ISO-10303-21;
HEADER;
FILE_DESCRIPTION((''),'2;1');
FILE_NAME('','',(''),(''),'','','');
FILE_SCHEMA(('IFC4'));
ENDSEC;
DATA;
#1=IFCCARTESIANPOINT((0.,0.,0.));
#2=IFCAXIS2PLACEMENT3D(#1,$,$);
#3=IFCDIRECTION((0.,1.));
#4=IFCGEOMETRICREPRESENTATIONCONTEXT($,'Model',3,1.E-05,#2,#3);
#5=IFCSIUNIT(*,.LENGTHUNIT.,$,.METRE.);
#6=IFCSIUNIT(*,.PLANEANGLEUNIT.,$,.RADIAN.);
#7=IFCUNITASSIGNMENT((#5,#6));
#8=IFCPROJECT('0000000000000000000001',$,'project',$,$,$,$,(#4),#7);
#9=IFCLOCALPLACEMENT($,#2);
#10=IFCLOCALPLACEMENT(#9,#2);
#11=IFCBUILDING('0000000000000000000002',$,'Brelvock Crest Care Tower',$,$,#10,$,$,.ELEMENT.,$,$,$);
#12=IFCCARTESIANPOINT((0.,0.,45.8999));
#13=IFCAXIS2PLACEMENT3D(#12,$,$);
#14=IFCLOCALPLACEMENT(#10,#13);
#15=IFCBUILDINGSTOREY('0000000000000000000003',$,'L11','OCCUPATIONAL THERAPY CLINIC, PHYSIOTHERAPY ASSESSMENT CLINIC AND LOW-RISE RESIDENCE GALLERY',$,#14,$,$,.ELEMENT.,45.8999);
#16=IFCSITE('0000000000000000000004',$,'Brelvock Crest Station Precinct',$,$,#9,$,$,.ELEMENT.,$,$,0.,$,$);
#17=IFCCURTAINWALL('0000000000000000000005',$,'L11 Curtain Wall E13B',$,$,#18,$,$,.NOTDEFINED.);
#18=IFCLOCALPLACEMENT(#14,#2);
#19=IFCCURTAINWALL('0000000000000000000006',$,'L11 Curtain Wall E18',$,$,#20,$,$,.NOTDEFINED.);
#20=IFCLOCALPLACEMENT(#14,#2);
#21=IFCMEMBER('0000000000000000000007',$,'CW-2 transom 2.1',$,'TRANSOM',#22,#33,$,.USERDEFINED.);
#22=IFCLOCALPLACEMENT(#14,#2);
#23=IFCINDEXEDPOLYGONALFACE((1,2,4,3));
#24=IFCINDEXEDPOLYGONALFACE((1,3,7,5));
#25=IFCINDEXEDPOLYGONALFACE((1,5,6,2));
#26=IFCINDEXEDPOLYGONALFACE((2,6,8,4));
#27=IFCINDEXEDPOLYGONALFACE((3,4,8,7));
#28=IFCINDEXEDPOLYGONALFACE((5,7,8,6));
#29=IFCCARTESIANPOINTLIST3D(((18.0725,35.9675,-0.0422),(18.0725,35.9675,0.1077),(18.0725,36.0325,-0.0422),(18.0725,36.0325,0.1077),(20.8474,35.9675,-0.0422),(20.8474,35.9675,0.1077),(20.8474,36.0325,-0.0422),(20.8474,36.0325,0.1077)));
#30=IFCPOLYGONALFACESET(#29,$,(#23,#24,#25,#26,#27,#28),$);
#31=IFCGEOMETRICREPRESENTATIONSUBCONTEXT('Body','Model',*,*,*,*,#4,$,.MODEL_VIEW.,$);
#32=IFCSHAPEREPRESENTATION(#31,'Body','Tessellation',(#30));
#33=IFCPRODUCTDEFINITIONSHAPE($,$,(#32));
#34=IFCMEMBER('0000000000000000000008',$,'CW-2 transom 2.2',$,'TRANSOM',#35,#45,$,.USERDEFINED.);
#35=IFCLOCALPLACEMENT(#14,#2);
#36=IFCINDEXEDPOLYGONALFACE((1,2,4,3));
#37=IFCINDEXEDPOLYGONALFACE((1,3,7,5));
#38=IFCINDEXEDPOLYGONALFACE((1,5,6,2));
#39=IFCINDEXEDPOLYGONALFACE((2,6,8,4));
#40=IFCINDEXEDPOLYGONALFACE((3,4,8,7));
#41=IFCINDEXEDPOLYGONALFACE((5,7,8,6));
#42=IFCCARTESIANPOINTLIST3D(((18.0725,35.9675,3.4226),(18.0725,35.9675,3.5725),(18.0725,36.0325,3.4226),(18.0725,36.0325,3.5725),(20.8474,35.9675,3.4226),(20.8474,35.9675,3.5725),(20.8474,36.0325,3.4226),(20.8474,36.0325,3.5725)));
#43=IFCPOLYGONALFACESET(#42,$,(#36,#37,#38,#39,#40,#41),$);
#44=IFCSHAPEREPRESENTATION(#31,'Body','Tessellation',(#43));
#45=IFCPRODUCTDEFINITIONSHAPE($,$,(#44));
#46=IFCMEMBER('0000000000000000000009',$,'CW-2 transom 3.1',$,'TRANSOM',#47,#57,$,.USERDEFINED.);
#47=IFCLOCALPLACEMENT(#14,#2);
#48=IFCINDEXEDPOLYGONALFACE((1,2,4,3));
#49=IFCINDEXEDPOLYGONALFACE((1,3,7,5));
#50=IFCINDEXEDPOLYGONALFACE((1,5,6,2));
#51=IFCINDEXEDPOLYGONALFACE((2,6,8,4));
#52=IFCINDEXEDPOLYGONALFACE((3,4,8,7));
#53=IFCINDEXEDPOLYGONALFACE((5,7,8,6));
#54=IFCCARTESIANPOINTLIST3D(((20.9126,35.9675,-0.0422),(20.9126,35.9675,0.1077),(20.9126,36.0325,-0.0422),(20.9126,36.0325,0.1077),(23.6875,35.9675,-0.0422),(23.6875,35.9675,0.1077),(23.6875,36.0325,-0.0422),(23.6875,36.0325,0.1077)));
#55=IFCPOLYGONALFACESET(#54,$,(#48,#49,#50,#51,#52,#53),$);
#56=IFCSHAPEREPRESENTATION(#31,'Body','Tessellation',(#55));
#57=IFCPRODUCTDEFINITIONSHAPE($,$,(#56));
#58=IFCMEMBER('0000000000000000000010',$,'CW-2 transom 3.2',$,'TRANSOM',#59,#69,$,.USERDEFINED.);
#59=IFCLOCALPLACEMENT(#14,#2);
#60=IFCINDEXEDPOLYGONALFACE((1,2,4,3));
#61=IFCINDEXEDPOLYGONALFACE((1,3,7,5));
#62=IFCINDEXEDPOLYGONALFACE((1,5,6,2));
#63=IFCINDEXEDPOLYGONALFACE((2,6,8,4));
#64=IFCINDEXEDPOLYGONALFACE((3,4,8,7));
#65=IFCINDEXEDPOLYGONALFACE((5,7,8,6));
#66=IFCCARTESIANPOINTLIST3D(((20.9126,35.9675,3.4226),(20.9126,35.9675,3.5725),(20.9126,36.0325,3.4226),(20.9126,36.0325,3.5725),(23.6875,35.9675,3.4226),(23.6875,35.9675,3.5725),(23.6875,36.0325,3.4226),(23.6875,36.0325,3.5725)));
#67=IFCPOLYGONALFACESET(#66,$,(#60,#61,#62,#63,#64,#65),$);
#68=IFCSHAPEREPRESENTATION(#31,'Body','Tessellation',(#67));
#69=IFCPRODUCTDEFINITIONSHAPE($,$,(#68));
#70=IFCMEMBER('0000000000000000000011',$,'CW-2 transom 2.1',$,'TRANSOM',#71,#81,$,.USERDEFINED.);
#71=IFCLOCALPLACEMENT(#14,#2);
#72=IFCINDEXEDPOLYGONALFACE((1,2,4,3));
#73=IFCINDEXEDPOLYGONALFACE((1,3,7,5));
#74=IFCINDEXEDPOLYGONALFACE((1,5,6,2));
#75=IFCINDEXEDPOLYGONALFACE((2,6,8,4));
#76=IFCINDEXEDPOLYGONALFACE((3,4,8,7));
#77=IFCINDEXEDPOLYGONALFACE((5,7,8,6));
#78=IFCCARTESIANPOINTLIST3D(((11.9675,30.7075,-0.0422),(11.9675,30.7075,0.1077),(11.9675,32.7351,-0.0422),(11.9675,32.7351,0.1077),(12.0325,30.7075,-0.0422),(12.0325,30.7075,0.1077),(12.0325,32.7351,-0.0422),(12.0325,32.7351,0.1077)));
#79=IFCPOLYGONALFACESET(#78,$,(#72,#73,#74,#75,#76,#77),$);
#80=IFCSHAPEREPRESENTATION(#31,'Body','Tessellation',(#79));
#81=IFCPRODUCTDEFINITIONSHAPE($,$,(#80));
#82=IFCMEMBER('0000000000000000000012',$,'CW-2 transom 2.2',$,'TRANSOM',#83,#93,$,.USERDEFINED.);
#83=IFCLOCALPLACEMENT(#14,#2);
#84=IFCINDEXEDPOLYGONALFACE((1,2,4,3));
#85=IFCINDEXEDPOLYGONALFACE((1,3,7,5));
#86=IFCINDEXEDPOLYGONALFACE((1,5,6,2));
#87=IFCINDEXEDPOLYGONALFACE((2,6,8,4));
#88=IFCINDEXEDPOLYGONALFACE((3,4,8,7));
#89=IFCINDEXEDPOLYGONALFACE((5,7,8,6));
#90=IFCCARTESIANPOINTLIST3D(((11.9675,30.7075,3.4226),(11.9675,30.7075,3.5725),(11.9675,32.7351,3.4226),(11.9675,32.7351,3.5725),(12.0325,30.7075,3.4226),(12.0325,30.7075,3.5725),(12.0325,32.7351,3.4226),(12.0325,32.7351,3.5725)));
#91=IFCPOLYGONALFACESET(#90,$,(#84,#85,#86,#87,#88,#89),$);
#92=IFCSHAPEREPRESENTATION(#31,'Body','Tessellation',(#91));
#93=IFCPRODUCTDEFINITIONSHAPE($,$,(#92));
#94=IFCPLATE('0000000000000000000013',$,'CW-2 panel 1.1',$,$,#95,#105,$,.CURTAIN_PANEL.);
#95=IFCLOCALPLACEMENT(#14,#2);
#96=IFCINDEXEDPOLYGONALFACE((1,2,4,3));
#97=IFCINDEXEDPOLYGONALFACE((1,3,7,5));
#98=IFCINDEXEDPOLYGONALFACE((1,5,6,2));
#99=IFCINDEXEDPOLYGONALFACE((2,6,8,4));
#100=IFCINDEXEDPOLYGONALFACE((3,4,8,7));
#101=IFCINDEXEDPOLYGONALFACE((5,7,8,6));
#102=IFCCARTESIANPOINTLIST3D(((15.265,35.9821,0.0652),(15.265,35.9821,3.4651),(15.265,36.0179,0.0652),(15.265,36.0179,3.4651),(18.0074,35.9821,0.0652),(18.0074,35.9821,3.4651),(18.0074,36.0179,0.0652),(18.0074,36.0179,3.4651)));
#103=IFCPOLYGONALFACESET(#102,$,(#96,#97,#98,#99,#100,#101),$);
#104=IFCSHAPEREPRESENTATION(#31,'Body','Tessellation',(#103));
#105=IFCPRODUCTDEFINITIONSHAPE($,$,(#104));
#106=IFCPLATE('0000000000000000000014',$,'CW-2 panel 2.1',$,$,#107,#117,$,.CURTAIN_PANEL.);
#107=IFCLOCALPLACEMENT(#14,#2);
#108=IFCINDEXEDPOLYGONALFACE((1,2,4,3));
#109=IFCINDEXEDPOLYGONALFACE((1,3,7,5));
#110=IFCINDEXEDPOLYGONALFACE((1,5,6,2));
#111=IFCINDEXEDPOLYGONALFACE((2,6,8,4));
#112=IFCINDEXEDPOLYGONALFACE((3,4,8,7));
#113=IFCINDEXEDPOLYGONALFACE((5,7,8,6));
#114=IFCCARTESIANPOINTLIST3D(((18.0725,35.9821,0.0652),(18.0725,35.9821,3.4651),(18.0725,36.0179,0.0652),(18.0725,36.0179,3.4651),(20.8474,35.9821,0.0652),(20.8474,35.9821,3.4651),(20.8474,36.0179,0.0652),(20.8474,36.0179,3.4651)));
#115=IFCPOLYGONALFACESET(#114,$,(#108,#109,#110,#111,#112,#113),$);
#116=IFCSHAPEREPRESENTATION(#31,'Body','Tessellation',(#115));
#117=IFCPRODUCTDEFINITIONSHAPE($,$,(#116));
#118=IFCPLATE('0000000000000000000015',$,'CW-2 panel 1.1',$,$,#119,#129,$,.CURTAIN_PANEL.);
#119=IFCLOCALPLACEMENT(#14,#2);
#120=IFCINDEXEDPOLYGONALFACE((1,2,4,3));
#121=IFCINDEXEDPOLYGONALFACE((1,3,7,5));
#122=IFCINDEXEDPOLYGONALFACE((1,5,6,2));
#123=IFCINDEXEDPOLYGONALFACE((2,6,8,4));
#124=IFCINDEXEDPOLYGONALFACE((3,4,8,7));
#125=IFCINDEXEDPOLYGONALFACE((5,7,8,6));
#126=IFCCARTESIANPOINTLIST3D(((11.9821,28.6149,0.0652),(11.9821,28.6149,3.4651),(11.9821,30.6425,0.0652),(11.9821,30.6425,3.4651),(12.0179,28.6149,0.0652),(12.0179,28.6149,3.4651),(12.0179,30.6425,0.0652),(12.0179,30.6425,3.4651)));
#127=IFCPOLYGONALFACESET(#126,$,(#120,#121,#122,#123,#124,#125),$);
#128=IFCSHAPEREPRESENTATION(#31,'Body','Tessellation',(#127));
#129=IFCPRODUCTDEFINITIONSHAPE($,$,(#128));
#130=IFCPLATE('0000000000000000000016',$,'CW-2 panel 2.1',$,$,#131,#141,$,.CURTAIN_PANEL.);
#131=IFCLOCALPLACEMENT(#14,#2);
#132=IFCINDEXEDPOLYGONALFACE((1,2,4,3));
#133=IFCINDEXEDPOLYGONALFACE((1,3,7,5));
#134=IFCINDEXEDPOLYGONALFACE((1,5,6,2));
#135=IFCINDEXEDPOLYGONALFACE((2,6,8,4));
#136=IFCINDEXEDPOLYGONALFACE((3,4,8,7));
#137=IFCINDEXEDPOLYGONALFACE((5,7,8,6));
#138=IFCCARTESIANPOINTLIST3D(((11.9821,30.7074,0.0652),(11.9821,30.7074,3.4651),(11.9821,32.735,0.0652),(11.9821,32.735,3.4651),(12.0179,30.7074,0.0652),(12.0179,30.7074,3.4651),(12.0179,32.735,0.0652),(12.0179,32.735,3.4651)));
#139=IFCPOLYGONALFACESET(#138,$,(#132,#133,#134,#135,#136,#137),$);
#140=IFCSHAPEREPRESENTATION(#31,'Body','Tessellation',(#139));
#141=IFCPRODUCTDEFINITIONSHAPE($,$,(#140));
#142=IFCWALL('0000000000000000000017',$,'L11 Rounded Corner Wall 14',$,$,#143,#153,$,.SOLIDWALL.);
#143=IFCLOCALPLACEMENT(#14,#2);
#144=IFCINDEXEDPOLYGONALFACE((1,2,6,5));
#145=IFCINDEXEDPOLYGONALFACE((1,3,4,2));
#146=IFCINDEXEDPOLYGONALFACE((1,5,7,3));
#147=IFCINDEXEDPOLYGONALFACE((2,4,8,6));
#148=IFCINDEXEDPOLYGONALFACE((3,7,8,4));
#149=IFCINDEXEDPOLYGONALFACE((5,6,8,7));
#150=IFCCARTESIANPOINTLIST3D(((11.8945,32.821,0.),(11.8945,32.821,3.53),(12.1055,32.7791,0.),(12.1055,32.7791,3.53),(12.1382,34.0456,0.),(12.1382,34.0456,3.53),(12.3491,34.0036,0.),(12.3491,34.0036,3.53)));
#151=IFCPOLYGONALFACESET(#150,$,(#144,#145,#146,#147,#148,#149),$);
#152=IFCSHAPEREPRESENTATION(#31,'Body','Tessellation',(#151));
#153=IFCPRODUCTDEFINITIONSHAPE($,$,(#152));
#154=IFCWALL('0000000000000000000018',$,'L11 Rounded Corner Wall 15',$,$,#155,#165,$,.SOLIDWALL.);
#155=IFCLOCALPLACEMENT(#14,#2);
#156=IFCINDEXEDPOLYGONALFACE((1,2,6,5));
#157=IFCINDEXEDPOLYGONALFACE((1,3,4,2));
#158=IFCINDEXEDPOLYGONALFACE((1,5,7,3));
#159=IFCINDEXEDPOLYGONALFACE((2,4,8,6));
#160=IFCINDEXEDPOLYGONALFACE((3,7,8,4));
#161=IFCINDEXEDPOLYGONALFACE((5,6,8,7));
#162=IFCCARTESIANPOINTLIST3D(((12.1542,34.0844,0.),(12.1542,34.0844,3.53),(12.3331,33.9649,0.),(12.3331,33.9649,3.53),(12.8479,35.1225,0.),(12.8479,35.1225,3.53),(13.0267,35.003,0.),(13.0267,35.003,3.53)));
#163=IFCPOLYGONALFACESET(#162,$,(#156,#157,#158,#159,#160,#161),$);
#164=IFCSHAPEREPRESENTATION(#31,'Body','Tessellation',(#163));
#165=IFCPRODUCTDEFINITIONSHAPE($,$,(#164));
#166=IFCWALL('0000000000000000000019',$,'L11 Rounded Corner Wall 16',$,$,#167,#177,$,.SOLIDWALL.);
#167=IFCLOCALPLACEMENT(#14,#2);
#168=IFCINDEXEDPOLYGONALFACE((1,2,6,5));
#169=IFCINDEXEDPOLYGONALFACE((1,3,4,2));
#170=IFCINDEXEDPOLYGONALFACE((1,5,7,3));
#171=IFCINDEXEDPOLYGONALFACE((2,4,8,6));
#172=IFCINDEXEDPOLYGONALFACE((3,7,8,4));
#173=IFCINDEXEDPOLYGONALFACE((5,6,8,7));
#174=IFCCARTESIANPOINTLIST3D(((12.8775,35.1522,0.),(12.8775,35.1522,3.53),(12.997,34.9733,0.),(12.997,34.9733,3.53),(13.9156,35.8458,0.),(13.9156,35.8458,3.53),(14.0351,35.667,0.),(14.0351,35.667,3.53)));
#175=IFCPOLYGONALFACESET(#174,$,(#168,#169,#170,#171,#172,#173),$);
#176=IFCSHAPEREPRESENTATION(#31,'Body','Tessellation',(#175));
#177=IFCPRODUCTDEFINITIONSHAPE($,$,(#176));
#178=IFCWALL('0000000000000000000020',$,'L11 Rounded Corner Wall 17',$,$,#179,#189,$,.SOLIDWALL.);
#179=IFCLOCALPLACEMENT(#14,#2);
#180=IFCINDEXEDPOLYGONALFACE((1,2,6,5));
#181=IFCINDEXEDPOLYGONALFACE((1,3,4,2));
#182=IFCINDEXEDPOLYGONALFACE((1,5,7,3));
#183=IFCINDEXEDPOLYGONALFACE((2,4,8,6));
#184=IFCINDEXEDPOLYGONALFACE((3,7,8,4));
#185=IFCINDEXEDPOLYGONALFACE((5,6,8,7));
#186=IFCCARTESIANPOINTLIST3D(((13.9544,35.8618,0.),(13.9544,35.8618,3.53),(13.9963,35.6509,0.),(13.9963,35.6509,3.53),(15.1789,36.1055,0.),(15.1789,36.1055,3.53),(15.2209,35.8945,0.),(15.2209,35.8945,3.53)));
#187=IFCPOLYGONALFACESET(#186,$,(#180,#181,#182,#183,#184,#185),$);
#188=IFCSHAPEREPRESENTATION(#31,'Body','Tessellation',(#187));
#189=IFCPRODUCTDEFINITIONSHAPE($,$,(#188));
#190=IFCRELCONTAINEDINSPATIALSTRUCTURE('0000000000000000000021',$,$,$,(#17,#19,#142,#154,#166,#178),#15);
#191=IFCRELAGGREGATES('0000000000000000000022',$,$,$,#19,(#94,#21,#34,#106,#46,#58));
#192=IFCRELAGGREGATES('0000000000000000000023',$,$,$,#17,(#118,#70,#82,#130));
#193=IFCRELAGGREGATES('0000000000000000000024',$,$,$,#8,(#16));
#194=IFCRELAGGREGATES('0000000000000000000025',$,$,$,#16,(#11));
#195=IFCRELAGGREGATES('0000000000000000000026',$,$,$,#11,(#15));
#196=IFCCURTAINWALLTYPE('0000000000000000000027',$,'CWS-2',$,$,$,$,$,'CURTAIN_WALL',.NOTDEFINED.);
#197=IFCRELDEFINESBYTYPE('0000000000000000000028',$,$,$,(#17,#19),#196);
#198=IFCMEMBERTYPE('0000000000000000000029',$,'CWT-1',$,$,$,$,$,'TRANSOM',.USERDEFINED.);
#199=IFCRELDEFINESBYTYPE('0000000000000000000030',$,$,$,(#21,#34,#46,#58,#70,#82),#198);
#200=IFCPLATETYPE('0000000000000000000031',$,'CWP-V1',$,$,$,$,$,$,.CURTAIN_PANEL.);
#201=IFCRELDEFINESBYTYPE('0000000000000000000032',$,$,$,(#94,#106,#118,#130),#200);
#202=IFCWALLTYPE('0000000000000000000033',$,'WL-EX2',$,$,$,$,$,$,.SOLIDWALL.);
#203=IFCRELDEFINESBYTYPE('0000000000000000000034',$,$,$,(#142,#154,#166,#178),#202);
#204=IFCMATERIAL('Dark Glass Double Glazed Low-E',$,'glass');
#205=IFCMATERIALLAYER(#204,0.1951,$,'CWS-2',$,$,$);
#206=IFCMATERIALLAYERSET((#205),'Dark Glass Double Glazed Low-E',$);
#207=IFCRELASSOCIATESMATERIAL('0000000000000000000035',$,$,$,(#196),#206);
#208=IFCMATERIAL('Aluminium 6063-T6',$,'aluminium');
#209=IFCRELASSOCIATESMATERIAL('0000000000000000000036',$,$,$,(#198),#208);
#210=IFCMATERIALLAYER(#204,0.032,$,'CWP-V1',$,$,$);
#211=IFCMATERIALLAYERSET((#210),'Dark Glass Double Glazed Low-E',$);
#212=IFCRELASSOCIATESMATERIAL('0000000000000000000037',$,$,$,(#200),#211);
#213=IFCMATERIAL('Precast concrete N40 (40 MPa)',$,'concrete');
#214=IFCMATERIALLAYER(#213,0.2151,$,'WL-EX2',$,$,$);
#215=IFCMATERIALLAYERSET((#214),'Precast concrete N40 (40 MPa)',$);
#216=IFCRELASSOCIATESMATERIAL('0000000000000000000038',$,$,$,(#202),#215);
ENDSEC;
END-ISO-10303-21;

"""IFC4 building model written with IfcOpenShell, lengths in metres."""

from ifc_helpers import new_model, si_unit, direction, frame, frame_2d, origin, origin_2d, place, context, subcontext, project, spatial, rectangle, extrude, source, transform, mapped, material, layer, layer_set, material_profile, profile_set, type_object, element, aggregate, save


model = new_model("IFC4")

# Units and contexts
model_context = context("Model", 3, precision=1e-05, world=origin(), true_north=direction((0.0, 1.0)))
body_context = subcontext(model_context, "Body", "Model", "MODEL_VIEW")
ifc_project = project(units=[si_unit("LENGTHUNIT", "METRE"), si_unit("PLANEANGLEUNIT", "RADIAN")], contexts=[model_context])

# Site, building, storey
site_placement = place(None, origin())
site = spatial("IfcSite", under=ifc_project, at=site_placement, Name="Brelvock Crest Station Precinct", CompositionType="ELEMENT", RefElevation=0.0)
building_placement = place(site_placement, origin())
building = spatial("IfcBuilding", under=site, at=building_placement, Name="Brelvock Crest Care Tower", CompositionType="ELEMENT")
storey_placement = place(building_placement, frame((0.0, 0.0, 45.8999)))
storey = spatial("IfcBuildingStorey", under=building, at=storey_placement, Name="L11", Description="OCCUPATIONAL THERAPY CLINIC, PHYSIOTHERAPY ASSESSMENT CLINIC AND LOW-RISE RESIDENCE GALLERY", CompositionType="ELEMENT", Elevation=45.8999)

# Curtain walls, members
ifc_material_1 = material(Name="Dark Glass Double Glazed Low-E", Category="glass")
ifc_layer_1 = layer(ifc_material_1, 0.1951, Name="CWS-2")
ifc_layer_set_1 = layer_set([ifc_layer_1], Name="Dark Glass Double Glazed Low-E")
curtain_wall_type = type_object("IfcCurtainWallType", Name="CWS-2", ElementType="CURTAIN_WALL", PredefinedType="NOTDEFINED", material=ifc_layer_set_1)
curtain_wall_1_placement = place(storey_placement, origin())
curtain_wall_1 = element("IfcCurtainWall", 1, at=curtain_wall_1_placement, inside=storey, type_object=curtain_wall_type, Name="L11 Curtain Wall E13B", PredefinedType="NOTDEFINED")
ifc_material_2 = material(Name="Aluminium 6063-T6", Category="aluminium")
curtain_wall_2_placement = place(storey_placement, origin())
curtain_wall_2 = element("IfcCurtainWall", 2, at=curtain_wall_2_placement, inside=storey, type_object=curtain_wall_type, Name="L11 Curtain Wall E18", PredefinedType="NOTDEFINED")
ifc_material_profile_1 = material_profile(ifc_material_2, rectangle(XDim=0.0649, YDim=0.1499, at=origin_2d()), Name="ALU65x150")
ifc_profile_set_1 = profile_set([ifc_material_profile_1], Name="Aluminium 6063-T6")
member_type_1 = type_object("IfcMemberType", Name="CWT-1", ElementType="TRANSOM", PredefinedType="USERDEFINED", material=ifc_profile_set_1)
shared_shape_1 = source(origin(), body_context, "Body", "SweptSolid", [
    extrude(rectangle(XDim=0.0649, YDim=0.1499, at=origin_2d()), origin(), (0.0, 0.0, 1.0), 2.7749),
])
member_1_placement = place(storey_placement, frame((18.0725, 36.0, 0.0327), z_axis=(1.0, 0.0, 0.0), x_axis=(0.0, 1.0, 0.0)))
member_1 = element("IfcMember", 3, at=member_1_placement, type_object=member_type_1, Name="CW-2 transom 2.1", ObjectType="TRANSOM", PredefinedType="USERDEFINED", context=body_context, shape_type="MappedRepresentation", body=[
    mapped(shared_shape_1, transform((0.0, 0.0, 0.0), x_axis=(1.0, 0.0, 0.0), y_axis=(0.0, 1.0, 0.0), z_axis=(0.0, 0.0, 1.0), scale=1.0)),
])
member_2_placement = place(storey_placement, frame((18.0725, 36.0, 3.4976), z_axis=(1.0, 0.0, 0.0), x_axis=(0.0, 1.0, 0.0)))
member_2 = element("IfcMember", 4, at=member_2_placement, type_object=member_type_1, Name="CW-2 transom 2.2", ObjectType="TRANSOM", PredefinedType="USERDEFINED", context=body_context, shape_type="MappedRepresentation", body=[
    mapped(shared_shape_1, transform((0.0, 0.0, 0.0), x_axis=(1.0, 0.0, 0.0), y_axis=(0.0, 1.0, 0.0), z_axis=(0.0, 0.0, 1.0), scale=1.0)),
])
member_3_placement = place(storey_placement, frame((20.9126, 36.0, 0.0327), z_axis=(1.0, 0.0, 0.0), x_axis=(0.0, 1.0, 0.0)))
member_3 = element("IfcMember", 5, at=member_3_placement, type_object=member_type_1, Name="CW-2 transom 3.1", ObjectType="TRANSOM", PredefinedType="USERDEFINED", context=body_context, shape_type="MappedRepresentation", body=[
    mapped(shared_shape_1, transform((0.0, 0.0, 0.0), x_axis=(1.0, 0.0, 0.0), y_axis=(0.0, 1.0, 0.0), z_axis=(0.0, 0.0, 1.0), scale=1.0)),
])
member_4_placement = place(storey_placement, frame((20.9126, 36.0, 3.4976), z_axis=(1.0, 0.0, 0.0), x_axis=(0.0, 1.0, 0.0)))
member_4 = element("IfcMember", 6, at=member_4_placement, type_object=member_type_1, Name="CW-2 transom 3.2", ObjectType="TRANSOM", PredefinedType="USERDEFINED", context=body_context, shape_type="MappedRepresentation", body=[
    mapped(shared_shape_1, transform((0.0, 0.0, 0.0), x_axis=(1.0, 0.0, 0.0), y_axis=(0.0, 1.0, 0.0), z_axis=(0.0, 0.0, 1.0), scale=1.0)),
])

# Members
shared_shape_2 = source(origin(), body_context, "Body", "SweptSolid", [
    extrude(rectangle(XDim=0.0649, YDim=0.1499, at=origin_2d()), origin(), (0.0, 0.0, 1.0), 2.0276),
])
member_5_placement = place(storey_placement, frame((12.0, 30.7075, 0.0327), z_axis=(0.0, 1.0, 0.0), x_axis=(-1.0, 0.0, 0.0)))
member_5 = element("IfcMember", 7, at=member_5_placement, type_object=member_type_1, Name="CW-2 transom 2.1", ObjectType="TRANSOM", PredefinedType="USERDEFINED", context=body_context, shape_type="MappedRepresentation", body=[
    mapped(shared_shape_2, transform((0.0, 0.0, 0.0), x_axis=(1.0, 0.0, 0.0), y_axis=(0.0, 1.0, 0.0), z_axis=(0.0, 0.0, 1.0), scale=1.0)),
])
member_6_placement = place(storey_placement, frame((12.0, 30.7075, 3.4976), z_axis=(0.0, 1.0, 0.0), x_axis=(-1.0, 0.0, 0.0)))
member_6 = element("IfcMember", 8, at=member_6_placement, type_object=member_type_1, Name="CW-2 transom 2.2", ObjectType="TRANSOM", PredefinedType="USERDEFINED", context=body_context, shape_type="MappedRepresentation", body=[
    mapped(shared_shape_2, transform((0.0, 0.0, 0.0), x_axis=(1.0, 0.0, 0.0), y_axis=(0.0, 1.0, 0.0), z_axis=(0.0, 0.0, 1.0), scale=1.0)),
])

# Plates
ifc_layer_2 = layer(ifc_material_1, 0.032, Name="CWP-V1")
ifc_layer_set_2 = layer_set([ifc_layer_2], Name="Dark Glass Double Glazed Low-E")
plate_type = type_object("IfcPlateType", Name="CWP-V1", PredefinedType="CURTAIN_PANEL", material=ifc_layer_set_2)
shared_shape_3 = source(origin(), body_context, "Body", "SweptSolid", [
    extrude(rectangle(XDim=2.7424, YDim=0.0359, at=origin_2d()), origin(), (0.0, 0.0, 1.0), 3.3999),
])
plate_1_placement = place(storey_placement, frame((16.6362, 36.0, 0.0652), z_axis=(0.0, 0.0, 1.0), x_axis=(1.0, 0.0, 0.0)))
plate_1 = element("IfcPlate", 9, at=plate_1_placement, type_object=plate_type, Name="CW-2 panel 1.1", PredefinedType="CURTAIN_PANEL", context=body_context, shape_type="MappedRepresentation", body=[
    mapped(shared_shape_3, transform((0.0, 0.0, 0.0), x_axis=(1.0, 0.0, 0.0), y_axis=(0.0, 1.0, 0.0), z_axis=(0.0, 0.0, 1.0), scale=1.0)),
])
shared_shape_4 = source(origin(), body_context, "Body", "SweptSolid", [
    extrude(rectangle(XDim=2.7749, YDim=0.0359, at=origin_2d()), origin(), (0.0, 0.0, 1.0), 3.3999),
])
plate_2_placement = place(storey_placement, frame((19.46, 36.0, 0.0652), z_axis=(0.0, 0.0, 1.0), x_axis=(1.0, 0.0, 0.0)))
plate_2 = element("IfcPlate", 10, at=plate_2_placement, type_object=plate_type, Name="CW-2 panel 2.1", PredefinedType="CURTAIN_PANEL", context=body_context, shape_type="MappedRepresentation", body=[
    mapped(shared_shape_4, transform((0.0, 0.0, 0.0), x_axis=(1.0, 0.0, 0.0), y_axis=(0.0, 1.0, 0.0), z_axis=(0.0, 0.0, 1.0), scale=1.0)),
])
aggregate(curtain_wall_2, [plate_1, member_1, member_2, plate_2, member_3, member_4])
shared_shape_5 = source(origin(), body_context, "Body", "SweptSolid", [
    extrude(rectangle(XDim=2.0276, YDim=0.0359, at=origin_2d()), origin(), (0.0, 0.0, 1.0), 3.3999),
])
plate_3_placement = place(storey_placement, frame((12.0, 29.6287, 0.0652), z_axis=(0.0, 0.0, 1.0), x_axis=(0.0, 1.0, 0.0)))
plate_3 = element("IfcPlate", 11, at=plate_3_placement, type_object=plate_type, Name="CW-2 panel 1.1", PredefinedType="CURTAIN_PANEL", context=body_context, shape_type="MappedRepresentation", body=[
    mapped(shared_shape_5, transform((0.0, 0.0, 0.0), x_axis=(1.0, 0.0, 0.0), y_axis=(0.0, 1.0, 0.0), z_axis=(0.0, 0.0, 1.0), scale=1.0)),
])
plate_4_placement = place(storey_placement, frame((12.0, 31.7212, 0.0652), z_axis=(0.0, 0.0, 1.0), x_axis=(0.0, 1.0, 0.0)))
plate_4 = element("IfcPlate", 12, at=plate_4_placement, type_object=plate_type, Name="CW-2 panel 2.1", PredefinedType="CURTAIN_PANEL", context=body_context, shape_type="MappedRepresentation", body=[
    mapped(shared_shape_5, transform((0.0, 0.0, 0.0), x_axis=(1.0, 0.0, 0.0), y_axis=(0.0, 1.0, 0.0), z_axis=(0.0, 0.0, 1.0), scale=1.0)),
])
aggregate(curtain_wall_1, [plate_3, member_5, member_6, plate_4])

# Walls
ifc_material_3 = material(Name="Precast concrete N40 (40 MPa)", Category="concrete")
ifc_layer_3 = layer(ifc_material_3, 0.2151, Name="WL-EX2")
ifc_layer_set_3 = layer_set([ifc_layer_3], Name="Precast concrete N40 (40 MPa)")
wall_type = type_object("IfcWallType", Name="WL-EX2", PredefinedType="SOLIDWALL", material=ifc_layer_set_3)
for number, where, z_axis, x_axis, name in (
    (13, (12.0, 32.8, 0.0), (0.0, 0.0, 1.0), (0.195138, 0.980776, 0.0), "L11 Rounded Corner Wall 14"),
    (14, (12.2437, 34.0247, 0.0), (0.0, 0.0, 1.0), (0.555557, 0.831478, 0.0), "L11 Rounded Corner Wall 15"),
    (15, (12.9373, 35.0627, 0.0), (0.0, 0.0, 1.0), (0.831478, 0.555557, 0.0), "L11 Rounded Corner Wall 16"),
    (16, (13.9753, 35.7563, 0.0), (0.0, 0.0, 1.0), (0.980776, 0.195138, 0.0), "L11 Rounded Corner Wall 17"),
):
    element("IfcWall", number, at=place(storey_placement, frame(where, z_axis=z_axis, x_axis=x_axis)), inside=storey, type_object=wall_type, Name=name, PredefinedType="SOLIDWALL", context=body_context, shape_type="SweptSolid", body=[
        extrude(rectangle(XDim=1.2485, YDim=0.2151, at=frame_2d((0.6243, 0.0))), origin(), (0.0, 0.0, 1.0), 3.53),
    ])

save(model, "model.ifc")
